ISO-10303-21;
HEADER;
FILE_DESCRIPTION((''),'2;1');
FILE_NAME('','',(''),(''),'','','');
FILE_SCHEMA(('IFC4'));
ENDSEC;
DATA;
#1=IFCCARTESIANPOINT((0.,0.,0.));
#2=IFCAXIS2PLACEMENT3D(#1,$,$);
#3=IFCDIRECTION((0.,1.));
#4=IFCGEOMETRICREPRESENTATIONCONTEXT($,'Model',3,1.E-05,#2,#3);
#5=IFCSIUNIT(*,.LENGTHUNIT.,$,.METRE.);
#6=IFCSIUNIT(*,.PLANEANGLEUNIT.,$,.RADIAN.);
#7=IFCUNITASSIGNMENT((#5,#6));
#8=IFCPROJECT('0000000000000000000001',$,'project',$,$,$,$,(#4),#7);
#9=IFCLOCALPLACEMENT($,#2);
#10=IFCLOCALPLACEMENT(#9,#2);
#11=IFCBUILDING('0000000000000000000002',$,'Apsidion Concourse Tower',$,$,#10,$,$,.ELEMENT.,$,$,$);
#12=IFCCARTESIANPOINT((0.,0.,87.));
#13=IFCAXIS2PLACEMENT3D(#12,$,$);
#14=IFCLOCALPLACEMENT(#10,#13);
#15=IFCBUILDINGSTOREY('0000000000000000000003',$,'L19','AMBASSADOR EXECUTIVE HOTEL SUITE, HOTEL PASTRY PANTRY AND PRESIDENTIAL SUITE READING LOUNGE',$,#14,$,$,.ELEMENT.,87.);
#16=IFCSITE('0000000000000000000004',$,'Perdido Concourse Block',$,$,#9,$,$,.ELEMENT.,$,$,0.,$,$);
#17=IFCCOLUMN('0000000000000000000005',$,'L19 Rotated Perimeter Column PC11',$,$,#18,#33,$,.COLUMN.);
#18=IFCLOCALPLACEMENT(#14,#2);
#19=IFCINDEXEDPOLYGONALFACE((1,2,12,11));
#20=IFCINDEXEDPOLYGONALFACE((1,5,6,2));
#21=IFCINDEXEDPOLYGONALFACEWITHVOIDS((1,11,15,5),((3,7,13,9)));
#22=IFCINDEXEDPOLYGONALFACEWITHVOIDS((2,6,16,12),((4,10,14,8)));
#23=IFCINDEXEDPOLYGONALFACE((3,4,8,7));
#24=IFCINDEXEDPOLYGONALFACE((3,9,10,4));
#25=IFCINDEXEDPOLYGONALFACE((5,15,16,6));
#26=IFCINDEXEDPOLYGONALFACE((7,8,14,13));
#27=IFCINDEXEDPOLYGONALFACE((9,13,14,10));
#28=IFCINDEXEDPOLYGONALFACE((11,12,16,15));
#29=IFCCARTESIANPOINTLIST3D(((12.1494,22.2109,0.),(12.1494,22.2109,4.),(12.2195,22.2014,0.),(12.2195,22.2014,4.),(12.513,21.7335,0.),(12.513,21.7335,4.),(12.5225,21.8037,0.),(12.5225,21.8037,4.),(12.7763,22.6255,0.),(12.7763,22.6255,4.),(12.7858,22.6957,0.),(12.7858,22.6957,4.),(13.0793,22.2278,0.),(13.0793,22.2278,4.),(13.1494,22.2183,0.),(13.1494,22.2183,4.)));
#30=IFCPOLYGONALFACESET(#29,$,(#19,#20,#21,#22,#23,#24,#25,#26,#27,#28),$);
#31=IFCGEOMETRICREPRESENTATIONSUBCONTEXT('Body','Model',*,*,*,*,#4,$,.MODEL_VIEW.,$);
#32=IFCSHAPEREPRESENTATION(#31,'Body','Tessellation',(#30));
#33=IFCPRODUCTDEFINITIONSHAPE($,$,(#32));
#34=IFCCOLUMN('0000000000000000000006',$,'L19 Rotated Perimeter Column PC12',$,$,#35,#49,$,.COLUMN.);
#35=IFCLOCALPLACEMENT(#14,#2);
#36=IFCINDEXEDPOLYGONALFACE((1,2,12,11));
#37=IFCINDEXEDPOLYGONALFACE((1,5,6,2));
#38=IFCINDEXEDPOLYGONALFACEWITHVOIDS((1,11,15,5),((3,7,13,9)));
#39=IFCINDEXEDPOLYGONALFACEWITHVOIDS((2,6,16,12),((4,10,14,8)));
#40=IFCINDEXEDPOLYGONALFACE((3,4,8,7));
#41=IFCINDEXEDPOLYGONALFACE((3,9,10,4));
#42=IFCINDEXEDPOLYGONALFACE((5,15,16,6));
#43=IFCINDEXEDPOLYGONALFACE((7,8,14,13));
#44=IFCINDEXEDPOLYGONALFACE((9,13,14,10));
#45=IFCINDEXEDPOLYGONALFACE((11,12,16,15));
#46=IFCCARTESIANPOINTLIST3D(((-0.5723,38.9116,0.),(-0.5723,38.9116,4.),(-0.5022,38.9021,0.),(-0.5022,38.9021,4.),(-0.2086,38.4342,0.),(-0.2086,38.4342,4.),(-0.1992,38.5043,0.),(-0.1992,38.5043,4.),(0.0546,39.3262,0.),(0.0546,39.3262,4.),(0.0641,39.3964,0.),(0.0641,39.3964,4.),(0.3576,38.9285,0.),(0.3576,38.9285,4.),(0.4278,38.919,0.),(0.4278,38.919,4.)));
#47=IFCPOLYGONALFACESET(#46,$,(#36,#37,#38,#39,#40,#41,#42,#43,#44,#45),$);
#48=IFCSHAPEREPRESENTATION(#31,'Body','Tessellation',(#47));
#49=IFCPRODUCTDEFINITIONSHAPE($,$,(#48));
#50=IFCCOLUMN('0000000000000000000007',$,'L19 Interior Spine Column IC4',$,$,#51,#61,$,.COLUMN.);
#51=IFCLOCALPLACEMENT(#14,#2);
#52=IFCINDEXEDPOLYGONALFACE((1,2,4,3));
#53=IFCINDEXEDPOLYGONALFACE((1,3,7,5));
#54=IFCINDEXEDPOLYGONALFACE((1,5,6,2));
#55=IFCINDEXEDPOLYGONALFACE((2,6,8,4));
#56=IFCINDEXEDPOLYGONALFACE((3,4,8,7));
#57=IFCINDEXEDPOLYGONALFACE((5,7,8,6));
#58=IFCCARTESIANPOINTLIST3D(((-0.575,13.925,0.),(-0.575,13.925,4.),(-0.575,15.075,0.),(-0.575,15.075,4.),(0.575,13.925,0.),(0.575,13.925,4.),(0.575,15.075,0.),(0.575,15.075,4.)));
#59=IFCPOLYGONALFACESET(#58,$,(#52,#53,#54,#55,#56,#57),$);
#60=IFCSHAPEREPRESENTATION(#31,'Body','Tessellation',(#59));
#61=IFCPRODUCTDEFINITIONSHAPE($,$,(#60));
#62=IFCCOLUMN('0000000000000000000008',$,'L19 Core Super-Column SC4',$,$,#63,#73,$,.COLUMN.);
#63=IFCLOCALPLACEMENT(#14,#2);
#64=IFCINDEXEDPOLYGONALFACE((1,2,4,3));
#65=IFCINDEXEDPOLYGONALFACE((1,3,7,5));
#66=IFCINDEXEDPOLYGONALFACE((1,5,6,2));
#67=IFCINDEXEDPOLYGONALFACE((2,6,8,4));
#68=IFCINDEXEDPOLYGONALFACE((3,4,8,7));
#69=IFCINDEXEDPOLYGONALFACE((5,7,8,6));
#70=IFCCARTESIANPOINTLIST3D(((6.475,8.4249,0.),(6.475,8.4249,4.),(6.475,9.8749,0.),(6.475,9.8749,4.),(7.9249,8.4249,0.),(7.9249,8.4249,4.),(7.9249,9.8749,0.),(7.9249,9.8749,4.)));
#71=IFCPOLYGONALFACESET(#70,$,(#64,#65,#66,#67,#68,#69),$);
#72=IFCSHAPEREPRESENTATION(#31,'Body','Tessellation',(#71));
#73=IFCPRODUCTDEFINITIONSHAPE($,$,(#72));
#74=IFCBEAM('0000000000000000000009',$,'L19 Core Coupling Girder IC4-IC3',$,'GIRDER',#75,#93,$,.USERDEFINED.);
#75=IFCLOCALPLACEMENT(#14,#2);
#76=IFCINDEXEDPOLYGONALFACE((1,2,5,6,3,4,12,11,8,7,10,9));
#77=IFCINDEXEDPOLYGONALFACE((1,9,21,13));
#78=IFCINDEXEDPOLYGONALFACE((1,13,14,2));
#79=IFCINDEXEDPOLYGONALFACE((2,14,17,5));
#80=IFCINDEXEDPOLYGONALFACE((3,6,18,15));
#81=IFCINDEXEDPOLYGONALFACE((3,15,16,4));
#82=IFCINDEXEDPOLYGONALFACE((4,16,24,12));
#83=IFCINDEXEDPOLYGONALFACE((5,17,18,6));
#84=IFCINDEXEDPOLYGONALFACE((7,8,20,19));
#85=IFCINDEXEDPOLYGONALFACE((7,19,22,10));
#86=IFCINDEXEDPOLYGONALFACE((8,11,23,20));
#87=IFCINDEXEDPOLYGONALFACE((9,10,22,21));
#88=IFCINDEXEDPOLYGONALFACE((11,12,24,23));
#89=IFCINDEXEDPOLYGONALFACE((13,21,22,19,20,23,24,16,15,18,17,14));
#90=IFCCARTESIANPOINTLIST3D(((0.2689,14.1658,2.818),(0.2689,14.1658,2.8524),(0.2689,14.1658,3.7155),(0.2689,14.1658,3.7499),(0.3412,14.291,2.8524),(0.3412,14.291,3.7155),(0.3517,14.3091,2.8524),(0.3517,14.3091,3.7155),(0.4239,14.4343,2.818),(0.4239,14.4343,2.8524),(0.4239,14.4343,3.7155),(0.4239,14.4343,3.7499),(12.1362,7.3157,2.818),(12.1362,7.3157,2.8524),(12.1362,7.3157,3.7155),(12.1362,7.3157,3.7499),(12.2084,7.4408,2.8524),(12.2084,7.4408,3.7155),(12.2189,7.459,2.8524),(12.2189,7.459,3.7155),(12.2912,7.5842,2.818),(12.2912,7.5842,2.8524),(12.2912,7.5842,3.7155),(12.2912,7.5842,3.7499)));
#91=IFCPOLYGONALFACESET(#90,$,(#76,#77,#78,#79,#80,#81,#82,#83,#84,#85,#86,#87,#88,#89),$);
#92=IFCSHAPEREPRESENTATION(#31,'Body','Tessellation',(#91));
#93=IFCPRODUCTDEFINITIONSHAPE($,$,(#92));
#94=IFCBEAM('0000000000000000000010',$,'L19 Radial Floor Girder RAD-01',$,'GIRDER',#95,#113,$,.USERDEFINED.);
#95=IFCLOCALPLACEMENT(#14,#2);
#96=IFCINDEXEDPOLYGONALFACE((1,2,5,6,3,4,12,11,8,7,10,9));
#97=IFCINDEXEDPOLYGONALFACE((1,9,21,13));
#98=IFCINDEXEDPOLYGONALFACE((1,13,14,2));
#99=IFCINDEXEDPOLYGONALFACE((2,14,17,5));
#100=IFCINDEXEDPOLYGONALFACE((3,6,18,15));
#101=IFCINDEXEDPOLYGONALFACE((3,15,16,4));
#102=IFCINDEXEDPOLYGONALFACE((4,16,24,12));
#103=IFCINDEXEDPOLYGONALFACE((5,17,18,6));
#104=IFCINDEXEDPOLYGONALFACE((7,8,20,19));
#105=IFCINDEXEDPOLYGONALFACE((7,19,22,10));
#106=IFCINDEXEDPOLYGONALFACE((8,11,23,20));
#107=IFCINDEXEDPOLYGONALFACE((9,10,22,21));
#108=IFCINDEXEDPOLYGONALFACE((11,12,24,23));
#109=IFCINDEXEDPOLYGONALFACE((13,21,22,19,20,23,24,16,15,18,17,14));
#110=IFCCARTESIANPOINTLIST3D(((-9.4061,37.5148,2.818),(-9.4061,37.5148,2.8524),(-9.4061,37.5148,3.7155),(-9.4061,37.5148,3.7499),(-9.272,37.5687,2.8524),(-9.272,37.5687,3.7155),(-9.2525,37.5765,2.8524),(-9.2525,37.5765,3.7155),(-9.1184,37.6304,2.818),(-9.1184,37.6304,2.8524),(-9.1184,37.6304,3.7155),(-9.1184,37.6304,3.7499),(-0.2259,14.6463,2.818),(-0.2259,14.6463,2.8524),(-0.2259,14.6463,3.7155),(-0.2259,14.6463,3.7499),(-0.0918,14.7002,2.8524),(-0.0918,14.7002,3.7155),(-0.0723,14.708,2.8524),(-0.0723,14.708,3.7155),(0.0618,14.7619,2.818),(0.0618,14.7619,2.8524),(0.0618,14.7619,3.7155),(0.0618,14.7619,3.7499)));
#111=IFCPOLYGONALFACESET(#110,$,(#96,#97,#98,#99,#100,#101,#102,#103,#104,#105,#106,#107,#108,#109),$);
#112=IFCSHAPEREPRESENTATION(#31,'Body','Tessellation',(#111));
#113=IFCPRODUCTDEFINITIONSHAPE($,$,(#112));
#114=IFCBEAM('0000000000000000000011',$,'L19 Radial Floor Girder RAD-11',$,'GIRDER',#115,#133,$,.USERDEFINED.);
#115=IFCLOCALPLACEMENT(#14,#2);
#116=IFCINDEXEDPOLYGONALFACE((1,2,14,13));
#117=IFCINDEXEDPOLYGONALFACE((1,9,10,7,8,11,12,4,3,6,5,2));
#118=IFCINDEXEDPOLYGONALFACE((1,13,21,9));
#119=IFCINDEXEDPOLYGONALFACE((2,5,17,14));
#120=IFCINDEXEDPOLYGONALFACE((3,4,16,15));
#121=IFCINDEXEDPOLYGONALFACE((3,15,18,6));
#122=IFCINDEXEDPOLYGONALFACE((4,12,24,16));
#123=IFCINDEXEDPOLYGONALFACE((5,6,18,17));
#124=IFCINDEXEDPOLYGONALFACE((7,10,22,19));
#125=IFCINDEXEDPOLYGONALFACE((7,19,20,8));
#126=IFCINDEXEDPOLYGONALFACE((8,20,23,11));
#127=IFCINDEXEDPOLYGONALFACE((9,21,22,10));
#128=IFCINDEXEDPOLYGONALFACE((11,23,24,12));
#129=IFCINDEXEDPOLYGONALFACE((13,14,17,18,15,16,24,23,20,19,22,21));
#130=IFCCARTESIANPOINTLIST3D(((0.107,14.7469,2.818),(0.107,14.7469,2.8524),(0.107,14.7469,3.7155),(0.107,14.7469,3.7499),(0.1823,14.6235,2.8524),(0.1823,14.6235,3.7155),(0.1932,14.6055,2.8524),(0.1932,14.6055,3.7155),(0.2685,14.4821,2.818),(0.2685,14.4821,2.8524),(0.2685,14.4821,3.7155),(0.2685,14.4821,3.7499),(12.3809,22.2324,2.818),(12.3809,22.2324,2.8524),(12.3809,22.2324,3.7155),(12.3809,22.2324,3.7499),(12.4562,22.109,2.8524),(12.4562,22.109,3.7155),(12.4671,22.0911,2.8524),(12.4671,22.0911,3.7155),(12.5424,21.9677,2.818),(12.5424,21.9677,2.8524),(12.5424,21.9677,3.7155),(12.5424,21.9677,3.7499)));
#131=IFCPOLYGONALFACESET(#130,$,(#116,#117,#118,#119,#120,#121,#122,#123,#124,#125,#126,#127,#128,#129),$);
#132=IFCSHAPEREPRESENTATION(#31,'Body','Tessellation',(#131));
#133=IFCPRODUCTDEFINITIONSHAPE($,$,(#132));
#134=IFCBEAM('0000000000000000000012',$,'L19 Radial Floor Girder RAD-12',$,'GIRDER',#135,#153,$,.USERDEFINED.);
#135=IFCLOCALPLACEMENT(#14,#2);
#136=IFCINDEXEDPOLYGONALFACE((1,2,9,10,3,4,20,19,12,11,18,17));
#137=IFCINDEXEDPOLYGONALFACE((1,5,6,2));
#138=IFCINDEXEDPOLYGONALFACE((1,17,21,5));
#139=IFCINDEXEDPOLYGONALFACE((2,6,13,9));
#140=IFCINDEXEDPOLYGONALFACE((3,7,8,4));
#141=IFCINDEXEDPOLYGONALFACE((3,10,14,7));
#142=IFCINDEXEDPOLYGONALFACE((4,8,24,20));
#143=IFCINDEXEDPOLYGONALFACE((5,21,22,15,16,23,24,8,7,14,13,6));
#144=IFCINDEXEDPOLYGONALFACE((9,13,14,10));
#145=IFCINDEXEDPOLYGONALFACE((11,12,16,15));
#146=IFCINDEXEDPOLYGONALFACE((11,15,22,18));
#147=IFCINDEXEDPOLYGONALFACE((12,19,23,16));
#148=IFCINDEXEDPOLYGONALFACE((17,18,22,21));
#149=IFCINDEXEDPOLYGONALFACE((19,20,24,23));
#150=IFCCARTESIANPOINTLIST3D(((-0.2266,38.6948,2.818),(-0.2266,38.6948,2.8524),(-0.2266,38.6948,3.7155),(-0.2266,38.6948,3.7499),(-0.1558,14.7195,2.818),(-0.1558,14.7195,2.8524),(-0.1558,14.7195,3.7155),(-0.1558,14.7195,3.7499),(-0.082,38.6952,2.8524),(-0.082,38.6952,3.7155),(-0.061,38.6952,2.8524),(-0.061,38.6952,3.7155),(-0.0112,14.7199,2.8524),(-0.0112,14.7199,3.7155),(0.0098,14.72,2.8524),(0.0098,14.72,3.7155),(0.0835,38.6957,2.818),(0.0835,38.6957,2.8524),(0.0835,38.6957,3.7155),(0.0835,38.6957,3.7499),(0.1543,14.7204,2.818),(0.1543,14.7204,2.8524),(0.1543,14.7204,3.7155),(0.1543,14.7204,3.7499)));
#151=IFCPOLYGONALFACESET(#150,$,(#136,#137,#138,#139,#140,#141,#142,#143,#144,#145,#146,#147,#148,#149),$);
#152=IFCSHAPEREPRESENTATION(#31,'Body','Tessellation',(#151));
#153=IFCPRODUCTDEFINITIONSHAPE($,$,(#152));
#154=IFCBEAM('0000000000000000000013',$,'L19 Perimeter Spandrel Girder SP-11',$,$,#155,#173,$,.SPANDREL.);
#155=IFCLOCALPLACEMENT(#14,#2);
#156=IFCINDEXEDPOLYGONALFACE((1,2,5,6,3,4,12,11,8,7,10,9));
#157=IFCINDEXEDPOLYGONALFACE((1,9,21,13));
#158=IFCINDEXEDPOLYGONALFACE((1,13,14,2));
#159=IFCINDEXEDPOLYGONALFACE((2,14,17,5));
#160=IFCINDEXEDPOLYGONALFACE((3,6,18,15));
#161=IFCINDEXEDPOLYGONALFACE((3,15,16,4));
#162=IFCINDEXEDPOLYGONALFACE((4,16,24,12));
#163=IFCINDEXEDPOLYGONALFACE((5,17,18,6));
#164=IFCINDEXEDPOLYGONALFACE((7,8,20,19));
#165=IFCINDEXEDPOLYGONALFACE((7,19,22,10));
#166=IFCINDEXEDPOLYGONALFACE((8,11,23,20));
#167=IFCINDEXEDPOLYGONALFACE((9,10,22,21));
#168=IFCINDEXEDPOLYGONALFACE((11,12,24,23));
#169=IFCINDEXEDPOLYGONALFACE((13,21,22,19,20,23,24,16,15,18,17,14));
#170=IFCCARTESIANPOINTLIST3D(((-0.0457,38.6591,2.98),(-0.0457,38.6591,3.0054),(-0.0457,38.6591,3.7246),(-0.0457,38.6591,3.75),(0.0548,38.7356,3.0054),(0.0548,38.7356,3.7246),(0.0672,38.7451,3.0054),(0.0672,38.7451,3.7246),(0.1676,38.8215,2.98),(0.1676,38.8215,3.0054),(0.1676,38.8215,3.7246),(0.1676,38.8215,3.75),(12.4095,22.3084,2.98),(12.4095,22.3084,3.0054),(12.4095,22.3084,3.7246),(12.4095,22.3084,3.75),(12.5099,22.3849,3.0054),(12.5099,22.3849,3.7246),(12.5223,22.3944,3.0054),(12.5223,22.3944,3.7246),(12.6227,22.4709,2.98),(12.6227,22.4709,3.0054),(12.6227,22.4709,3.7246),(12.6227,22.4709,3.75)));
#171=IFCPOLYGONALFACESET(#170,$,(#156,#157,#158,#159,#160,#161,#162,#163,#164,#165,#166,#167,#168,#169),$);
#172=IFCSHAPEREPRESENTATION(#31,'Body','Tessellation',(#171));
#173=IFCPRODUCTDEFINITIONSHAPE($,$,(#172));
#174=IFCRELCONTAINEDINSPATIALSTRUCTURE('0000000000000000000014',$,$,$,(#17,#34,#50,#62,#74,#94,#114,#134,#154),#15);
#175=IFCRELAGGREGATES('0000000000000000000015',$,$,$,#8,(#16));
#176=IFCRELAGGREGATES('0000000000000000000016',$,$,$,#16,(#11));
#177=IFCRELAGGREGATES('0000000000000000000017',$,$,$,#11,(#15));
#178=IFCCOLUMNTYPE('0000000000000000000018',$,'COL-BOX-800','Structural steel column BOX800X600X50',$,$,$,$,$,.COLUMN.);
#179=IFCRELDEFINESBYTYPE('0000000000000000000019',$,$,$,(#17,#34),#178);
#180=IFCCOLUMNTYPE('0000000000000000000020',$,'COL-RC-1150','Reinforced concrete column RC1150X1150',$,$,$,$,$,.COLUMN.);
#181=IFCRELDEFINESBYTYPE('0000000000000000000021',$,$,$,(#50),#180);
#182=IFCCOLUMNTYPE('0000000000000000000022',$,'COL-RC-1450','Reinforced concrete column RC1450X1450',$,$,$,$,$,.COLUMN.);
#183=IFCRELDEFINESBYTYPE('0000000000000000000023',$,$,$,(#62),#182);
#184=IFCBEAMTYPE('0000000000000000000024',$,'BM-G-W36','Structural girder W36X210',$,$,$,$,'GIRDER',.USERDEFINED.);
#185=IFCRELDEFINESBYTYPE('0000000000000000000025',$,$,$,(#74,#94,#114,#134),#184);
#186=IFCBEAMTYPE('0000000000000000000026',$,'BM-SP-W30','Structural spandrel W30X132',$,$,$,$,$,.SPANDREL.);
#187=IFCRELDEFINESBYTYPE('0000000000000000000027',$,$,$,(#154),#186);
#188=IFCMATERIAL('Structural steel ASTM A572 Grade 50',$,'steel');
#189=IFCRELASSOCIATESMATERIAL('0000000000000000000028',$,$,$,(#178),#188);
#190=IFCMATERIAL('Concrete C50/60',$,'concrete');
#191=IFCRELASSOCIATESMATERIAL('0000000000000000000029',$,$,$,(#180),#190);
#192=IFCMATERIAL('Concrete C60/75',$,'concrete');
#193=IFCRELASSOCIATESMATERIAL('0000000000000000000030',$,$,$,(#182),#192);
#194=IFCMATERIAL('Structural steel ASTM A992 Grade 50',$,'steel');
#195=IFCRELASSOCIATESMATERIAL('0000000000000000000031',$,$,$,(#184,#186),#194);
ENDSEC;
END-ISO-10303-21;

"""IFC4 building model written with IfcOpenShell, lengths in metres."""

from ifc_helpers import new_model, si_unit, direction, frame, origin, origin_2d, place, context, subcontext, project, spatial, rectangle, hollow_rectangle, i_section, extrude, material, material_profile, profile_set, type_object, element, save


model = new_model("IFC4")

# Units and contexts
model_context = context("Model", 3, precision=1e-05, world=origin(), true_north=direction((0.0, 1.0)))
body_context = subcontext(model_context, "Body", "Model", "MODEL_VIEW")
ifc_project = project(units=[si_unit("LENGTHUNIT", "METRE"), si_unit("PLANEANGLEUNIT", "RADIAN")], contexts=[model_context])

# Site, building, storey
site_placement = place(None, origin())
site = spatial("IfcSite", under=ifc_project, at=site_placement, Name="Perdido Concourse Block", CompositionType="ELEMENT", RefElevation=0.0)
building_placement = place(site_placement, origin())
building = spatial("IfcBuilding", under=site, at=building_placement, Name="Apsidion Concourse Tower", CompositionType="ELEMENT")
storey_placement = place(building_placement, frame((0.0, 0.0, 87.0)))
storey = spatial("IfcBuildingStorey", under=building, at=storey_placement, Name="L19", Description="AMBASSADOR EXECUTIVE HOTEL SUITE, HOTEL PASTRY PANTRY AND PRESIDENTIAL SUITE READING LOUNGE", CompositionType="ELEMENT", Elevation=87.0)

# Columns
ifc_material_1 = material(Name="Structural steel ASTM A572 Grade 50", Category="steel")
ifc_material_profile_1 = material_profile(ifc_material_1, hollow_rectangle(XDim=0.6001, YDim=0.8, WallThickness=0.05, at=origin_2d()), Name="BOX800X600X50")
ifc_profile_set_1 = profile_set([ifc_material_profile_1], Name="Structural steel ASTM A572 Grade 50")
column_type_1 = type_object("IfcColumnType", Name="COL-BOX-800", Description="Structural steel column BOX800X600X50", PredefinedType="COLUMN", material=ifc_profile_set_1)
for number, where, z_axis, x_axis, name in (
    (1, (12.6494, 22.2146, 0.0), (0.0, 0.0, 1.0), (-0.605988, 0.795473, 0.0), "L19 Rotated Perimeter Column PC11"),
    (2, (-0.0723, 38.9153, 0.0), (0.0, 0.0, 1.0), (-0.605988, 0.795473, 0.0), "L19 Rotated Perimeter Column PC12"),
):
    element("IfcColumn", number, at=place(storey_placement, frame(where, z_axis=z_axis, x_axis=x_axis)), inside=storey, type_object=column_type_1, Name=name, PredefinedType="COLUMN", context=body_context, shape_type="SweptSolid", body=[
        extrude(hollow_rectangle(XDim=0.6001, YDim=0.8, WallThickness=0.05, at=origin_2d()), origin(), (0.0, 0.0, 1.0), 4.0),
    ])
ifc_material_2 = material(Name="Concrete C50/60", Category="concrete")
ifc_material_profile_2 = material_profile(ifc_material_2, rectangle(XDim=1.1499, YDim=1.1499, at=origin_2d()), Name="RC 1150x1150")
ifc_profile_set_2 = profile_set([ifc_material_profile_2], Name="Concrete C50/60")
column_type_2 = type_object("IfcColumnType", Name="COL-RC-1150", Description="Reinforced concrete column RC1150X1150", PredefinedType="COLUMN", material=ifc_profile_set_2)
column_1_placement = place(storey_placement, frame((0.0, 14.5, 0.0), z_axis=(0.0, 0.0, 1.0), x_axis=(1.0, 0.0, 0.0)))
element("IfcColumn", 3, at=column_1_placement, inside=storey, type_object=column_type_2, Name="L19 Interior Spine Column IC4", PredefinedType="COLUMN", context=body_context, shape_type="SweptSolid", body=[
    extrude(rectangle(XDim=1.1499, YDim=1.1499, at=origin_2d()), origin(), (0.0, 0.0, 1.0), 4.0),
])
ifc_material_3 = material(Name="Concrete C60/75", Category="concrete")
ifc_material_profile_3 = material_profile(ifc_material_3, rectangle(XDim=1.45, YDim=1.45, at=origin_2d()), Name="RC 1450x1450")
ifc_profile_set_3 = profile_set([ifc_material_profile_3], Name="Concrete C60/75")
column_type_3 = type_object("IfcColumnType", Name="COL-RC-1450", Description="Reinforced concrete column RC1450X1450", PredefinedType="COLUMN", material=ifc_profile_set_3)
column_2_placement = place(storey_placement, frame((7.2, 9.1499, 0.0), z_axis=(0.0, 0.0, 1.0), x_axis=(1.0, 0.0, 0.0)))
element("IfcColumn", 4, at=column_2_placement, inside=storey, type_object=column_type_3, Name="L19 Core Super-Column SC4", PredefinedType="COLUMN", context=body_context, shape_type="SweptSolid", body=[
    extrude(rectangle(XDim=1.45, YDim=1.45, at=origin_2d()), origin(), (0.0, 0.0, 1.0), 4.0),
])

# Beams
ifc_material_4 = material(Name="Structural steel ASTM A992 Grade 50", Category="steel")
ifc_material_profile_4 = material_profile(ifc_material_4, i_section(OverallWidth=0.3101, OverallDepth=0.9319, WebThickness=0.021, FlangeThickness=0.0344, at=origin_2d()), Name="W36X210")
ifc_profile_set_4 = profile_set([ifc_material_profile_4], Name="Structural steel ASTM A992 Grade 50")
beam_type_1 = type_object("IfcBeamType", Name="BM-G-W36", Description="Structural girder W36X210", ElementType="GIRDER", PredefinedType="USERDEFINED", material=ifc_profile_set_4)
beam_1_placement = place(storey_placement, frame((0.3464, 14.3, 3.2839), z_axis=(0.86607, -0.499922, 0.0), x_axis=(0.499922, 0.86607, 0.0)))
element("IfcBeam", 5, at=beam_1_placement, inside=storey, type_object=beam_type_1, Name="L19 Core Coupling Girder IC4-IC3", ObjectType="GIRDER", PredefinedType="USERDEFINED", context=body_context, shape_type="SweptSolid", body=[
    extrude(i_section(OverallWidth=0.3101, OverallDepth=0.9319, WebThickness=0.021, FlangeThickness=0.0344, at=origin_2d()), origin(), (0.0, 0.0, 1.0), 13.7024),
])
beam_2_placement = place(storey_placement, frame((-0.082, 14.7041, 3.2839), z_axis=(-0.372538, 0.928017, 0.0), x_axis=(-0.928017, -0.372538, 0.0)))
element("IfcBeam", 6, at=beam_2_placement, inside=storey, type_object=beam_type_1, Name="L19 Radial Floor Girder RAD-01", ObjectType="GIRDER", PredefinedType="USERDEFINED", context=body_context, shape_type="SweptSolid", body=[
    extrude(i_section(OverallWidth=0.3101, OverallDepth=0.9319, WebThickness=0.021, FlangeThickness=0.0344, at=origin_2d()), origin(), (0.0, 0.0, 1.0), 24.6423),
])
beam_3_placement = place(storey_placement, frame((0.1877, 14.6145, 3.2839), z_axis=(0.85375, 0.520683, 0.0), x_axis=(-0.520683, 0.85375, 0.0)))
element("IfcBeam", 7, at=beam_3_placement, inside=storey, type_object=beam_type_1, Name="L19 Radial Floor Girder RAD-11", ObjectType="GIRDER", PredefinedType="USERDEFINED", context=body_context, shape_type="SweptSolid", body=[
    extrude(i_section(OverallWidth=0.3101, OverallDepth=0.9319, WebThickness=0.021, FlangeThickness=0.0344, at=origin_2d()), origin(), (0.0, 0.0, 1.0), 14.3765),
])
beam_4_placement = place(storey_placement, frame((-0.0007, 14.72, 3.2839), z_axis=(-0.002953, 0.999996, 0.0), x_axis=(-0.999996, -0.002953, 0.0)))
element("IfcBeam", 8, at=beam_4_placement, inside=storey, type_object=beam_type_1, Name="L19 Radial Floor Girder RAD-12", ObjectType="GIRDER", PredefinedType="USERDEFINED", context=body_context, shape_type="SweptSolid", body=[
    extrude(i_section(OverallWidth=0.3101, OverallDepth=0.9319, WebThickness=0.021, FlangeThickness=0.0344, at=origin_2d()), origin(), (0.0, 0.0, 1.0), 23.9753),
])
ifc_material_profile_5 = material_profile(ifc_material_4, i_section(OverallWidth=0.2681, OverallDepth=0.77, WebThickness=0.0156, FlangeThickness=0.0254, at=origin_2d()), Name="W30X132")
ifc_profile_set_5 = profile_set([ifc_material_profile_5], Name="Structural steel ASTM A992 Grade 50")
beam_type_2 = type_object("IfcBeamType", Name="BM-SP-W30", Description="Structural spandrel W30X132", PredefinedType="SPANDREL", material=ifc_profile_set_5)
beam_5_placement = place(storey_placement, frame((12.5161, 22.3896, 3.365), z_axis=(-0.605966, 0.795491, 0.0), x_axis=(-0.795491, -0.605966, 0.0)))
element("IfcBeam", 9, at=beam_5_placement, inside=storey, type_object=beam_type_2, Name="L19 Perimeter Spandrel Girder SP-11", PredefinedType="SPANDREL", context=body_context, shape_type="SweptSolid", body=[
    extrude(i_section(OverallWidth=0.2681, OverallDepth=0.77, WebThickness=0.0156, FlangeThickness=0.0254, at=origin_2d()), origin(), (0.0, 0.0, 1.0), 20.5542),
])

save(model, "model.ifc")
